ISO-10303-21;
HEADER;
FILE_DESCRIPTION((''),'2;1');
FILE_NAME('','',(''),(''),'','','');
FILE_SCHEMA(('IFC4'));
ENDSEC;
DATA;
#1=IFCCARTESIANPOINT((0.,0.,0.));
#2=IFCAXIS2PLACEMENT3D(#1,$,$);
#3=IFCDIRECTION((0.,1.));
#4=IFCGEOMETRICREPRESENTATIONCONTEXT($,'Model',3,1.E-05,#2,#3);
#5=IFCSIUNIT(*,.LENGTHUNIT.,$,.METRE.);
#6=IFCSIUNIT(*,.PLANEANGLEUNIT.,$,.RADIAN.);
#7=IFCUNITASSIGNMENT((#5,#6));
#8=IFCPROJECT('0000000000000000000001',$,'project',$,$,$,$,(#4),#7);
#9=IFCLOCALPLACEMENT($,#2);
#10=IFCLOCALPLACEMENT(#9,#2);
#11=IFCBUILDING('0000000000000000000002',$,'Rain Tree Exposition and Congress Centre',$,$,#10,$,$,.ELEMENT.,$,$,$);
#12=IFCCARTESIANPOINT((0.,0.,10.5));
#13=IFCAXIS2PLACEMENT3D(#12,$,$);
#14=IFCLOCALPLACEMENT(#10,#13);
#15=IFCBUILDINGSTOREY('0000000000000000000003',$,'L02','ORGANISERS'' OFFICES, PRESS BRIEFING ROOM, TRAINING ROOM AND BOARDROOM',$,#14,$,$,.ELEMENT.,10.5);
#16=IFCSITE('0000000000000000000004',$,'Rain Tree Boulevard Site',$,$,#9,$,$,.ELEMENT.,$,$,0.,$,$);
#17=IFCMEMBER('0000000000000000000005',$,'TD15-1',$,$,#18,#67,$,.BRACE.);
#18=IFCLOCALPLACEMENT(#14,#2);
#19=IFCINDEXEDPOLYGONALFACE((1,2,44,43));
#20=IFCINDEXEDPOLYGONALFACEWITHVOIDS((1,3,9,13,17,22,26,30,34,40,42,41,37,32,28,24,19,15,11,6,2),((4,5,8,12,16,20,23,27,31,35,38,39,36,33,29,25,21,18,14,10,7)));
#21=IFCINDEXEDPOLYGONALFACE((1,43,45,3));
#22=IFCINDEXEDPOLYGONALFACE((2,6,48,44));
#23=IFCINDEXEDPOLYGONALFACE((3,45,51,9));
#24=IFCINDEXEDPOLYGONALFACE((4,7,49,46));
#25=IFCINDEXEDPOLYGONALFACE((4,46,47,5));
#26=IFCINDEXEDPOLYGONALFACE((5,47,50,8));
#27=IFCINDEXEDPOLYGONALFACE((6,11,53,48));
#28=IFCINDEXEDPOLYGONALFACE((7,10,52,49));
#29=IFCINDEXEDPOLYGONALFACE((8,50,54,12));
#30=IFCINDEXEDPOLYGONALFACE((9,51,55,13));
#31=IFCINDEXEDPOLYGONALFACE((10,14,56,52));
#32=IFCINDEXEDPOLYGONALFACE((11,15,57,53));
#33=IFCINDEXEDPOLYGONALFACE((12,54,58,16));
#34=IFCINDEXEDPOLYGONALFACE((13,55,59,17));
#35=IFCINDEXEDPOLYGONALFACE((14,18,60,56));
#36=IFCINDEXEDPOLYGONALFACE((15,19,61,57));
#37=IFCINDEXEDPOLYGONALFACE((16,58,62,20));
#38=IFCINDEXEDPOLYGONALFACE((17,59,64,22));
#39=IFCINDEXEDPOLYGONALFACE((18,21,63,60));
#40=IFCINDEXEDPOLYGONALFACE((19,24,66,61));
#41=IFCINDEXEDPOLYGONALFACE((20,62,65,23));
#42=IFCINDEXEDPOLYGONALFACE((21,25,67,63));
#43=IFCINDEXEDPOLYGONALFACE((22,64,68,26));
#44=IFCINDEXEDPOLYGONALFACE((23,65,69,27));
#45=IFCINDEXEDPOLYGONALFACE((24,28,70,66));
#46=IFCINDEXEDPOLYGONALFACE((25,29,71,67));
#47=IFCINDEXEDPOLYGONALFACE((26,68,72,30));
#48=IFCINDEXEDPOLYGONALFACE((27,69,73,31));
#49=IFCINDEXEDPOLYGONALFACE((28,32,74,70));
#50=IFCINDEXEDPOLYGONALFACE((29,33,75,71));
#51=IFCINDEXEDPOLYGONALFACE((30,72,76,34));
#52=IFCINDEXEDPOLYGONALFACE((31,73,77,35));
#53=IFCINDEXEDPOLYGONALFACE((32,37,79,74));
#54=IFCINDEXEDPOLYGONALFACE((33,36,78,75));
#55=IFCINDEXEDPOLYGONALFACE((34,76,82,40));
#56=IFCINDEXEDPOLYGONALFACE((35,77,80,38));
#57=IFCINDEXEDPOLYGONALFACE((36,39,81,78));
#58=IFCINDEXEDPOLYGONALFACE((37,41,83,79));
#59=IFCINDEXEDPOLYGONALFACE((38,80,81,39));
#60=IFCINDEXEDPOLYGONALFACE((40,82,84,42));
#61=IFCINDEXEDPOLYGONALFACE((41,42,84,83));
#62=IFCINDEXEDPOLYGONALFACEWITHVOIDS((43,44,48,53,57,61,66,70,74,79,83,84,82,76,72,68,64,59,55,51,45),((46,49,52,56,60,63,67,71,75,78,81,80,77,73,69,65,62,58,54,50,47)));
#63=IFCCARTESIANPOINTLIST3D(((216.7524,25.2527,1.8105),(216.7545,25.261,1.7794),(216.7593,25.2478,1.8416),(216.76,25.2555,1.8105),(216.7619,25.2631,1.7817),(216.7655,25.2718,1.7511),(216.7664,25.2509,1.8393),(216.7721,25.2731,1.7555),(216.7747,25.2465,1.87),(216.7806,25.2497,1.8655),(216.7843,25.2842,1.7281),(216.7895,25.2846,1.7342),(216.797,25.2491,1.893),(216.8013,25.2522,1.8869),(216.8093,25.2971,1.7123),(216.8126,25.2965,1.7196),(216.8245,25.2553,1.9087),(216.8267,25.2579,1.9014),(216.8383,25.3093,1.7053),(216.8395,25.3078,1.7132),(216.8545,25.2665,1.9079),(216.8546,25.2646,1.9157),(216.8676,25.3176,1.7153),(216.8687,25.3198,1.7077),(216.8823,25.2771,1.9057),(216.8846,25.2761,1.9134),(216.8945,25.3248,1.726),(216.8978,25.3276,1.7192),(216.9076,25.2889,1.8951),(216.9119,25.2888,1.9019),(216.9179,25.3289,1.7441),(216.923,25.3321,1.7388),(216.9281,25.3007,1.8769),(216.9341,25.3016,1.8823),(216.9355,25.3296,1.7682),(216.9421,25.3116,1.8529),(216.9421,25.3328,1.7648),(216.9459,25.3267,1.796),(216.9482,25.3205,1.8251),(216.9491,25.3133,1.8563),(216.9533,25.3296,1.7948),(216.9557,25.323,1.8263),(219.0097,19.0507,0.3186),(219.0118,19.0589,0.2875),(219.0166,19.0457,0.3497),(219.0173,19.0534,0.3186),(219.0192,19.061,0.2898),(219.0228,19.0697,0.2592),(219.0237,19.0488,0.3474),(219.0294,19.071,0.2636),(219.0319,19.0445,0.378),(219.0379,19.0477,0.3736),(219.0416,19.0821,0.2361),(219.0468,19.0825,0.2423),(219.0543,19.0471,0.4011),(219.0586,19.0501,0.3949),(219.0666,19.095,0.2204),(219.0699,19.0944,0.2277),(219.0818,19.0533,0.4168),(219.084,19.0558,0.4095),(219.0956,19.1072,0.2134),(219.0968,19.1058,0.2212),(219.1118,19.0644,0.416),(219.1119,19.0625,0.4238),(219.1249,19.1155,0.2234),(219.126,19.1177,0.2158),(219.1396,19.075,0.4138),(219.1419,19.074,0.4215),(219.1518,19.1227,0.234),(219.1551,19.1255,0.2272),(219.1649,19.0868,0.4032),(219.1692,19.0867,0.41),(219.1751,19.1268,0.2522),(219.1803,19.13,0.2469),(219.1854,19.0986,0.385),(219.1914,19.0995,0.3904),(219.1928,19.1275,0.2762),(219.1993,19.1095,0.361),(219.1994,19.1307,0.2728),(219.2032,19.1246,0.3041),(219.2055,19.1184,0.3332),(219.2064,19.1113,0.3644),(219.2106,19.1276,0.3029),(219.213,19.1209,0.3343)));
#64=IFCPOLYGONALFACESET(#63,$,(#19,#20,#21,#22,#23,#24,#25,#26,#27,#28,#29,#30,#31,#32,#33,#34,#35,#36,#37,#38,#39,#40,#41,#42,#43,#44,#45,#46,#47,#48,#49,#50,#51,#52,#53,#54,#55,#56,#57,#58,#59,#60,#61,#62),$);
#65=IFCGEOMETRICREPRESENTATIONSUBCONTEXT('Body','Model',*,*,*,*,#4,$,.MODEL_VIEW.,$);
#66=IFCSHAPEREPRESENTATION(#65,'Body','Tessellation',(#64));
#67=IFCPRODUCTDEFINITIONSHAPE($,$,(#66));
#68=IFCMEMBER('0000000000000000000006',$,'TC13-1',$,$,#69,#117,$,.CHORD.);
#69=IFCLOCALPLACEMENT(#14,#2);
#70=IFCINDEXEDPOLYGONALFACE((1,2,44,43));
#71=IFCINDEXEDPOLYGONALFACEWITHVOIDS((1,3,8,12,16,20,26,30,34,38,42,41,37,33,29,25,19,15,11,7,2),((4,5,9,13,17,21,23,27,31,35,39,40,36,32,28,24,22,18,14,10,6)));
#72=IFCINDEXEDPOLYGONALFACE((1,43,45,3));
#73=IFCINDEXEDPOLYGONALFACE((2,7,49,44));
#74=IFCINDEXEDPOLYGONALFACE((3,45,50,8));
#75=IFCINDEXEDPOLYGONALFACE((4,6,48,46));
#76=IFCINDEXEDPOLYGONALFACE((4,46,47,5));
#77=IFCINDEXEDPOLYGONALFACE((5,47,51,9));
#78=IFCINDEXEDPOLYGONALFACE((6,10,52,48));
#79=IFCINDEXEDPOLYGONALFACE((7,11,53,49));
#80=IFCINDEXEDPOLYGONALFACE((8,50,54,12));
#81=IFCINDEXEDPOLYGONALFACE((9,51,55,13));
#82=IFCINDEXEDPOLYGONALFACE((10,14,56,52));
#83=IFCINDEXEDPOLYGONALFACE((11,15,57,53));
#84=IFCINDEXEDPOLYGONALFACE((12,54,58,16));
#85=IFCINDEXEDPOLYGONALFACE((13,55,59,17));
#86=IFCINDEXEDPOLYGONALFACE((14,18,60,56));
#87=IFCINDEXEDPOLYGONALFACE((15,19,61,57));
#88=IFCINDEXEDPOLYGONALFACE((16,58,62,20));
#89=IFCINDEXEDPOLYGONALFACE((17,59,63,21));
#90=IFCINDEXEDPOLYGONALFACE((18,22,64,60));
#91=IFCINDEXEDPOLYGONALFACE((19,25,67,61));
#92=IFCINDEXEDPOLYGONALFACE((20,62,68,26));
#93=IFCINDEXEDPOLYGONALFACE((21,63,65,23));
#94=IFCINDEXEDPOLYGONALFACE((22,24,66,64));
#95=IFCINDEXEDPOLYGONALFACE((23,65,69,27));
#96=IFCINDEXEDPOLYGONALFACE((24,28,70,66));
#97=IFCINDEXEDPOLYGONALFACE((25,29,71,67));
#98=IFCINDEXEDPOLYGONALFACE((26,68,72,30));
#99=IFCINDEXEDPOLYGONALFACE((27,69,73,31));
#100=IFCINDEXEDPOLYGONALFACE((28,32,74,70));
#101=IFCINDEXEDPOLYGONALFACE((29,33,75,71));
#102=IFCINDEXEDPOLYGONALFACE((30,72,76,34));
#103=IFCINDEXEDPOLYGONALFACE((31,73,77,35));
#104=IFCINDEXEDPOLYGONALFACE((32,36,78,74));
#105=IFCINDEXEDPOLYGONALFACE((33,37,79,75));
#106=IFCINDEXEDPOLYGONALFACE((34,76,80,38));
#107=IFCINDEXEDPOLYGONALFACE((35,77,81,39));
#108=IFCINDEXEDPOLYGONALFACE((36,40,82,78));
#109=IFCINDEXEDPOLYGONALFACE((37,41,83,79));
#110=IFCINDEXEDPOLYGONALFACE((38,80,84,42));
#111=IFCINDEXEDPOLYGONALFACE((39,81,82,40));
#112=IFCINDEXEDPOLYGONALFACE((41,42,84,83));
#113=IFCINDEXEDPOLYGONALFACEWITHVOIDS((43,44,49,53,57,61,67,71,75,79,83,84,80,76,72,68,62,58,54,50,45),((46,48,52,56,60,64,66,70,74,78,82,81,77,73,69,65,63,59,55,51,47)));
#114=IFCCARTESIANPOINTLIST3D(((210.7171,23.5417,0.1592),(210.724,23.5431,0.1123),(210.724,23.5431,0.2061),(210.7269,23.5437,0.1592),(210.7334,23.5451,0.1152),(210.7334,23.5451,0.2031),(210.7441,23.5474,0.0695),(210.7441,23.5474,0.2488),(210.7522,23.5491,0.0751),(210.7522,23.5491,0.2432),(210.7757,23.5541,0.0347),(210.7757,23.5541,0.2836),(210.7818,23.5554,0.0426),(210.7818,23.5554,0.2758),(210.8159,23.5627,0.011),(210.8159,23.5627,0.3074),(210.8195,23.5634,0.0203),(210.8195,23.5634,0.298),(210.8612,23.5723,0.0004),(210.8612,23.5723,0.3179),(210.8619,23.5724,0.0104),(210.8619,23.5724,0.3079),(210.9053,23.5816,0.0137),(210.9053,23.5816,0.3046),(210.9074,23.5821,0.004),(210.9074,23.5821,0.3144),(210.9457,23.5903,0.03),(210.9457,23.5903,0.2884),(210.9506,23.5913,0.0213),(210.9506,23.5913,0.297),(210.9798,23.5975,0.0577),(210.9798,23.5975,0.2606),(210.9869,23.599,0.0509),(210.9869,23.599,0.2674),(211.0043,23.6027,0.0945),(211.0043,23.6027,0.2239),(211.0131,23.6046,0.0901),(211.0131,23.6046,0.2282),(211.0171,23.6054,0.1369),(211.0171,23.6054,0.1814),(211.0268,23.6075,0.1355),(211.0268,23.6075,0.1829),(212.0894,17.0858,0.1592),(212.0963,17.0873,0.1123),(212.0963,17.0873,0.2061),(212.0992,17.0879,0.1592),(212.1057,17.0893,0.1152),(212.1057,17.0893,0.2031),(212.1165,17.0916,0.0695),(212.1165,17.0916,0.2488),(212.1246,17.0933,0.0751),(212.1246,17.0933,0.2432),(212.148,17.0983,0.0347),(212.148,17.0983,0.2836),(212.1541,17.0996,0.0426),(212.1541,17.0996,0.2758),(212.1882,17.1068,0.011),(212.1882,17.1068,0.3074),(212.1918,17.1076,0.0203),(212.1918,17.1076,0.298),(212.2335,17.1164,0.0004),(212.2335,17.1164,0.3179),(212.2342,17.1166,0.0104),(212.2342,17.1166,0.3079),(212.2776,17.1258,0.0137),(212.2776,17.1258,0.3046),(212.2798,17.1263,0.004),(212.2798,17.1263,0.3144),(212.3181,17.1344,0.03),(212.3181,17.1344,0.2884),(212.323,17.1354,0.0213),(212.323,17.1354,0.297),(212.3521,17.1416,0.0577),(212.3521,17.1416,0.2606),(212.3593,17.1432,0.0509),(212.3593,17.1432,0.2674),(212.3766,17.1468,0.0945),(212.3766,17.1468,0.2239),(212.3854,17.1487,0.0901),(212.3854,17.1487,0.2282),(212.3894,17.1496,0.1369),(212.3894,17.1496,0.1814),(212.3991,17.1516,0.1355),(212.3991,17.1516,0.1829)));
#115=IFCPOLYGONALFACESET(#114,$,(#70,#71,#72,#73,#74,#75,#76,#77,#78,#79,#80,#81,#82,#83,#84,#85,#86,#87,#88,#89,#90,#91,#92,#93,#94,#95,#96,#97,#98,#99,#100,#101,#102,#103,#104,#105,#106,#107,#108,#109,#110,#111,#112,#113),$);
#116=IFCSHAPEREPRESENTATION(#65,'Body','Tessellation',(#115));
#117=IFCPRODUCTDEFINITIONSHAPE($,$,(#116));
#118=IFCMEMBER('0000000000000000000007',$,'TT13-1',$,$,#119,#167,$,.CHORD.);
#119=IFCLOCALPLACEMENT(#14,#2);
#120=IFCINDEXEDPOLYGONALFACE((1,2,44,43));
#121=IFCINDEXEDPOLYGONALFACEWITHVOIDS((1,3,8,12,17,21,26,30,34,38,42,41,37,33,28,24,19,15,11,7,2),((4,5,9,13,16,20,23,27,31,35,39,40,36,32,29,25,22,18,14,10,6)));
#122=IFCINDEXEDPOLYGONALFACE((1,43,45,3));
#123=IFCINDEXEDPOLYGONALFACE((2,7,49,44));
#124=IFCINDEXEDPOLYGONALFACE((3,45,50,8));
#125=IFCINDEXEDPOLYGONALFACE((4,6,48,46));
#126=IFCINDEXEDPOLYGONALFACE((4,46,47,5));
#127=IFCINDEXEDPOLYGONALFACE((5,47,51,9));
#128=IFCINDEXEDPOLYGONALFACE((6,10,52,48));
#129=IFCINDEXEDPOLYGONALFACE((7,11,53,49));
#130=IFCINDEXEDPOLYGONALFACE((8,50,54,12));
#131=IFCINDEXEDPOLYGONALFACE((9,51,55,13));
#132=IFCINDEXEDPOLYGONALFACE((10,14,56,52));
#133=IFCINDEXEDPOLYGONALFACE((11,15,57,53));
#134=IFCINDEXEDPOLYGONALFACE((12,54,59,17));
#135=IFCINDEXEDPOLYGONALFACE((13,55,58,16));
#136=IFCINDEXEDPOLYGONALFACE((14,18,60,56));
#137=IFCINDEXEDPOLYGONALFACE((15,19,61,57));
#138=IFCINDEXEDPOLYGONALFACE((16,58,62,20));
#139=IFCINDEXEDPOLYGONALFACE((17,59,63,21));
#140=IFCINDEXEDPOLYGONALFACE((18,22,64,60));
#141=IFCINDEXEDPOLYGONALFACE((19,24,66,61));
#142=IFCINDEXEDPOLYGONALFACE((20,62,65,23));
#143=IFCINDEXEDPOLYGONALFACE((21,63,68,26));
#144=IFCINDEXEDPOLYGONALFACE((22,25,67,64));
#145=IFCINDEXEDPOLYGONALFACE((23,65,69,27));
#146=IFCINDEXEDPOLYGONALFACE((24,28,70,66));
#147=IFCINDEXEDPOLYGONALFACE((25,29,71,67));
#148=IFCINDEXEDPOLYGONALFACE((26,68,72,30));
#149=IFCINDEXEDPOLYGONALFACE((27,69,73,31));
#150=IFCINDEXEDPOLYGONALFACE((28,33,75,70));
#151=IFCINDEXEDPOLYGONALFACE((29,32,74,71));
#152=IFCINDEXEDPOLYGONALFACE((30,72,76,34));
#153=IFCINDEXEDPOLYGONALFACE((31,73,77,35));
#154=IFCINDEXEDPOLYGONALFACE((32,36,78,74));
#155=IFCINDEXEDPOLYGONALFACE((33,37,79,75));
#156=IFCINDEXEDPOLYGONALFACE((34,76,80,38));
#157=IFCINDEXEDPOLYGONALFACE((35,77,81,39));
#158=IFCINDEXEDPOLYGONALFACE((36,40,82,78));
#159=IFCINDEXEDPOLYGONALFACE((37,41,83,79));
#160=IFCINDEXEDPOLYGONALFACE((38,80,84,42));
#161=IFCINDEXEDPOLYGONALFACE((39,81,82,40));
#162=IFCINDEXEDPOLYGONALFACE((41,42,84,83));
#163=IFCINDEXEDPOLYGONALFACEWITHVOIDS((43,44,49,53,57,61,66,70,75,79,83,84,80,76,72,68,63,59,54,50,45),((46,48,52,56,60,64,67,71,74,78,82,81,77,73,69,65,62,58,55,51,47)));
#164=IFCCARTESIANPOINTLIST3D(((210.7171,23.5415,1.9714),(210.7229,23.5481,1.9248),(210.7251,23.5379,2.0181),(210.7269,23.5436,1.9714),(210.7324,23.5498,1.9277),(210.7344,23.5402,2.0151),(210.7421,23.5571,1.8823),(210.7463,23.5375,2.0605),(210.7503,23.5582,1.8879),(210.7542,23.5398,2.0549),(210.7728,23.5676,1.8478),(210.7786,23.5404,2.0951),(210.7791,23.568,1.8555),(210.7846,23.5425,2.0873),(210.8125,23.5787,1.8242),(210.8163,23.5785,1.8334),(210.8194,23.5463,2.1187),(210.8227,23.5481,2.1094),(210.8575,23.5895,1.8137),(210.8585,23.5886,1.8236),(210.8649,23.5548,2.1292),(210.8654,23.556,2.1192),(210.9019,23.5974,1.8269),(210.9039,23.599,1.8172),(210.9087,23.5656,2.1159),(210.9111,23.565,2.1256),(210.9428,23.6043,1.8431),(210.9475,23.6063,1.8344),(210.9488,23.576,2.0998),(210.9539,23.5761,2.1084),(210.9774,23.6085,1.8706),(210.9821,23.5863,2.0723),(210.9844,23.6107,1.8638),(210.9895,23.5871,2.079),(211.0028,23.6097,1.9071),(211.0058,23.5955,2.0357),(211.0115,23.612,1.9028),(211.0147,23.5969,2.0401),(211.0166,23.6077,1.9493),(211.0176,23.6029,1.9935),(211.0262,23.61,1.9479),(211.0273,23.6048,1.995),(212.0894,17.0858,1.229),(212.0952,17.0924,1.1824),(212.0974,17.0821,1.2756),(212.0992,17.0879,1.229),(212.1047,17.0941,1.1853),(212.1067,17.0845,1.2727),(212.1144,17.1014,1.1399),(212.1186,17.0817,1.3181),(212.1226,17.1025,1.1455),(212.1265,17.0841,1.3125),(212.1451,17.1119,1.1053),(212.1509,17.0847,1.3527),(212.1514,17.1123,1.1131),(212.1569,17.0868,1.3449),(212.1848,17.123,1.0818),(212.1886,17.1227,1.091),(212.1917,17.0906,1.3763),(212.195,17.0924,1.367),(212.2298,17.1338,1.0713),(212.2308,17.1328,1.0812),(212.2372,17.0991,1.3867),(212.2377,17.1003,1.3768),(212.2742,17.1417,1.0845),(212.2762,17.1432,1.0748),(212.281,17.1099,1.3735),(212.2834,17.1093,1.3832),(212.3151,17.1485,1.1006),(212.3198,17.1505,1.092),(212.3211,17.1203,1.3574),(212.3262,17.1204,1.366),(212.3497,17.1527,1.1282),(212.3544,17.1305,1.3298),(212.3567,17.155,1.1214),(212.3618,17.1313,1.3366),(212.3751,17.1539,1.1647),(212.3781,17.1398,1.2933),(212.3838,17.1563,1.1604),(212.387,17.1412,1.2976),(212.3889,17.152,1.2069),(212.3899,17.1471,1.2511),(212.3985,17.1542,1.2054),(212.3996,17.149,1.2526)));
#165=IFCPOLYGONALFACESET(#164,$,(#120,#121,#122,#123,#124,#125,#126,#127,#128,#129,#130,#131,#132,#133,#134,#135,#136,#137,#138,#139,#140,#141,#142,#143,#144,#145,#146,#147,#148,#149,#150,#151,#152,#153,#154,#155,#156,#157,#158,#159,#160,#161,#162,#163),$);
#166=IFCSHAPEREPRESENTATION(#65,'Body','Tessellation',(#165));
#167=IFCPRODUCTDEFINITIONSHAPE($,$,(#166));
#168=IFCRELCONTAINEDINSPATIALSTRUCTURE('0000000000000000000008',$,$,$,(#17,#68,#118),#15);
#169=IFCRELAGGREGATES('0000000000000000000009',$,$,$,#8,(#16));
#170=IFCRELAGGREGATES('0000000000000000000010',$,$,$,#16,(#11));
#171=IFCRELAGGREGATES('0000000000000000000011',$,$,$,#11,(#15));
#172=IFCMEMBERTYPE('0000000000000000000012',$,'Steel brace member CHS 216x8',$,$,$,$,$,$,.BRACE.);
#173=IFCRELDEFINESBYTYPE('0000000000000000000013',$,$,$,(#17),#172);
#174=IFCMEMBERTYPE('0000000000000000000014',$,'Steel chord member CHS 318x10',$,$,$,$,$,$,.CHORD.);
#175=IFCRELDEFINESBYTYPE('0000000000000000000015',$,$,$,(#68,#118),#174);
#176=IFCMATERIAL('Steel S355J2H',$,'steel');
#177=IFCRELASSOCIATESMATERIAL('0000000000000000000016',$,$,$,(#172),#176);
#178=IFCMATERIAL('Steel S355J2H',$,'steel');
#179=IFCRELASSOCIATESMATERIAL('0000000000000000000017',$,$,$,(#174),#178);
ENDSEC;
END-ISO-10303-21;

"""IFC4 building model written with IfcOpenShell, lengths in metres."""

from ifc_helpers import new_model, si_unit, direction, frame, origin, origin_2d, place, context, subcontext, project, spatial, hollow_circle, extrude, material, material_profile, profile_set, type_object, element, save


model = new_model("IFC4")

# Units and contexts
model_context = context("Model", 3, precision=1e-05, world=origin(), true_north=direction((0.0, 1.0)))
body_context = subcontext(model_context, "Body", "Model", "MODEL_VIEW")
ifc_project = project(units=[si_unit("LENGTHUNIT", "METRE"), si_unit("PLANEANGLEUNIT", "RADIAN")], contexts=[model_context])

# Site, building, storey
site_placement = place(None, origin())
site = spatial("IfcSite", under=ifc_project, at=site_placement, Name="Rain Tree Boulevard Site", CompositionType="ELEMENT", RefElevation=0.0)
building_placement = place(site_placement, origin())
building = spatial("IfcBuilding", under=site, at=building_placement, Name="Rain Tree Exposition and Congress Centre", CompositionType="ELEMENT")
storey_placement = place(building_placement, frame((0.0, 0.0, 10.5)))
storey = spatial("IfcBuildingStorey", under=building, at=storey_placement, Name="L02", Description="ORGANISERS' OFFICES, PRESS BRIEFING ROOM, TRAINING ROOM AND BOARDROOM", CompositionType="ELEMENT", Elevation=10.5)

# Members
ifc_material_1 = material(Name="Steel S355J2H", Category="steel")
ifc_material_profile_1 = material_profile(ifc_material_1, hollow_circle(Radius=0.1082, WallThickness=0.0081, at=origin_2d()), Name="CHS 216x8")
ifc_profile_set_1 = profile_set([ifc_material_profile_1], Name="Steel S355J2H")
member_type_1 = type_object("IfcMemberType", Name="Steel brace member CHS 216x8", PredefinedType="BRACE", material=ifc_profile_set_1)
member_1_placement = place(storey_placement, frame((219.1113, 19.0876, 0.3186), z_axis=(-0.333594, 0.916571, 0.220484), x_axis=(-0.939696, -0.34201, 0.0)))
element("IfcMember", 1, at=member_1_placement, inside=storey, type_object=member_type_1, Name="TD15-1", PredefinedType="BRACE", context=body_context, shape_type="SweptSolid", body=[
    extrude(hollow_circle(Radius=0.1082, WallThickness=0.0081, at=origin_2d()), origin(), (0.0, 0.0, 1.0), 6.7666),
])
ifc_material_2 = material(Name="Steel S355J2H", Category="steel")
ifc_material_profile_2 = material_profile(ifc_material_2, hollow_circle(Radius=0.1592, WallThickness=0.01, at=origin_2d()), Name="CHS 318x10")
ifc_profile_set_2 = profile_set([ifc_material_profile_2], Name="Steel S355J2H")
member_type_2 = type_object("IfcMemberType", Name="Steel chord member CHS 318x10", PredefinedType="CHORD", material=ifc_profile_set_2)
member_2_placement = place(storey_placement, frame((212.2451, 17.1189, 0.1592), z_axis=(-0.207925, 0.978145, 0.0), x_axis=(-0.978145, -0.207925, 0.0)))
element("IfcMember", 2, at=member_2_placement, inside=storey, type_object=member_type_2, Name="TC13-1", PredefinedType="CHORD", context=body_context, shape_type="SweptSolid", body=[
    extrude(hollow_circle(Radius=0.1592, WallThickness=0.01, at=origin_2d()), origin(), (0.0, 0.0, 1.0), 6.6001),
])
member_3_placement = place(storey_placement, frame((212.2451, 17.1189, 1.229), z_axis=(-0.206622, 0.972014, 0.111784), x_axis=(-0.978145, -0.207925, 0.0)))
element("IfcMember", 3, at=member_3_placement, inside=storey, type_object=member_type_2, Name="TT13-1", PredefinedType="CHORD", context=body_context, shape_type="SweptSolid", body=[
    extrude(hollow_circle(Radius=0.1592, WallThickness=0.01, at=origin_2d()), origin(), (0.0, 0.0, 1.0), 6.6416),
])

save(model, "model.ifc")
